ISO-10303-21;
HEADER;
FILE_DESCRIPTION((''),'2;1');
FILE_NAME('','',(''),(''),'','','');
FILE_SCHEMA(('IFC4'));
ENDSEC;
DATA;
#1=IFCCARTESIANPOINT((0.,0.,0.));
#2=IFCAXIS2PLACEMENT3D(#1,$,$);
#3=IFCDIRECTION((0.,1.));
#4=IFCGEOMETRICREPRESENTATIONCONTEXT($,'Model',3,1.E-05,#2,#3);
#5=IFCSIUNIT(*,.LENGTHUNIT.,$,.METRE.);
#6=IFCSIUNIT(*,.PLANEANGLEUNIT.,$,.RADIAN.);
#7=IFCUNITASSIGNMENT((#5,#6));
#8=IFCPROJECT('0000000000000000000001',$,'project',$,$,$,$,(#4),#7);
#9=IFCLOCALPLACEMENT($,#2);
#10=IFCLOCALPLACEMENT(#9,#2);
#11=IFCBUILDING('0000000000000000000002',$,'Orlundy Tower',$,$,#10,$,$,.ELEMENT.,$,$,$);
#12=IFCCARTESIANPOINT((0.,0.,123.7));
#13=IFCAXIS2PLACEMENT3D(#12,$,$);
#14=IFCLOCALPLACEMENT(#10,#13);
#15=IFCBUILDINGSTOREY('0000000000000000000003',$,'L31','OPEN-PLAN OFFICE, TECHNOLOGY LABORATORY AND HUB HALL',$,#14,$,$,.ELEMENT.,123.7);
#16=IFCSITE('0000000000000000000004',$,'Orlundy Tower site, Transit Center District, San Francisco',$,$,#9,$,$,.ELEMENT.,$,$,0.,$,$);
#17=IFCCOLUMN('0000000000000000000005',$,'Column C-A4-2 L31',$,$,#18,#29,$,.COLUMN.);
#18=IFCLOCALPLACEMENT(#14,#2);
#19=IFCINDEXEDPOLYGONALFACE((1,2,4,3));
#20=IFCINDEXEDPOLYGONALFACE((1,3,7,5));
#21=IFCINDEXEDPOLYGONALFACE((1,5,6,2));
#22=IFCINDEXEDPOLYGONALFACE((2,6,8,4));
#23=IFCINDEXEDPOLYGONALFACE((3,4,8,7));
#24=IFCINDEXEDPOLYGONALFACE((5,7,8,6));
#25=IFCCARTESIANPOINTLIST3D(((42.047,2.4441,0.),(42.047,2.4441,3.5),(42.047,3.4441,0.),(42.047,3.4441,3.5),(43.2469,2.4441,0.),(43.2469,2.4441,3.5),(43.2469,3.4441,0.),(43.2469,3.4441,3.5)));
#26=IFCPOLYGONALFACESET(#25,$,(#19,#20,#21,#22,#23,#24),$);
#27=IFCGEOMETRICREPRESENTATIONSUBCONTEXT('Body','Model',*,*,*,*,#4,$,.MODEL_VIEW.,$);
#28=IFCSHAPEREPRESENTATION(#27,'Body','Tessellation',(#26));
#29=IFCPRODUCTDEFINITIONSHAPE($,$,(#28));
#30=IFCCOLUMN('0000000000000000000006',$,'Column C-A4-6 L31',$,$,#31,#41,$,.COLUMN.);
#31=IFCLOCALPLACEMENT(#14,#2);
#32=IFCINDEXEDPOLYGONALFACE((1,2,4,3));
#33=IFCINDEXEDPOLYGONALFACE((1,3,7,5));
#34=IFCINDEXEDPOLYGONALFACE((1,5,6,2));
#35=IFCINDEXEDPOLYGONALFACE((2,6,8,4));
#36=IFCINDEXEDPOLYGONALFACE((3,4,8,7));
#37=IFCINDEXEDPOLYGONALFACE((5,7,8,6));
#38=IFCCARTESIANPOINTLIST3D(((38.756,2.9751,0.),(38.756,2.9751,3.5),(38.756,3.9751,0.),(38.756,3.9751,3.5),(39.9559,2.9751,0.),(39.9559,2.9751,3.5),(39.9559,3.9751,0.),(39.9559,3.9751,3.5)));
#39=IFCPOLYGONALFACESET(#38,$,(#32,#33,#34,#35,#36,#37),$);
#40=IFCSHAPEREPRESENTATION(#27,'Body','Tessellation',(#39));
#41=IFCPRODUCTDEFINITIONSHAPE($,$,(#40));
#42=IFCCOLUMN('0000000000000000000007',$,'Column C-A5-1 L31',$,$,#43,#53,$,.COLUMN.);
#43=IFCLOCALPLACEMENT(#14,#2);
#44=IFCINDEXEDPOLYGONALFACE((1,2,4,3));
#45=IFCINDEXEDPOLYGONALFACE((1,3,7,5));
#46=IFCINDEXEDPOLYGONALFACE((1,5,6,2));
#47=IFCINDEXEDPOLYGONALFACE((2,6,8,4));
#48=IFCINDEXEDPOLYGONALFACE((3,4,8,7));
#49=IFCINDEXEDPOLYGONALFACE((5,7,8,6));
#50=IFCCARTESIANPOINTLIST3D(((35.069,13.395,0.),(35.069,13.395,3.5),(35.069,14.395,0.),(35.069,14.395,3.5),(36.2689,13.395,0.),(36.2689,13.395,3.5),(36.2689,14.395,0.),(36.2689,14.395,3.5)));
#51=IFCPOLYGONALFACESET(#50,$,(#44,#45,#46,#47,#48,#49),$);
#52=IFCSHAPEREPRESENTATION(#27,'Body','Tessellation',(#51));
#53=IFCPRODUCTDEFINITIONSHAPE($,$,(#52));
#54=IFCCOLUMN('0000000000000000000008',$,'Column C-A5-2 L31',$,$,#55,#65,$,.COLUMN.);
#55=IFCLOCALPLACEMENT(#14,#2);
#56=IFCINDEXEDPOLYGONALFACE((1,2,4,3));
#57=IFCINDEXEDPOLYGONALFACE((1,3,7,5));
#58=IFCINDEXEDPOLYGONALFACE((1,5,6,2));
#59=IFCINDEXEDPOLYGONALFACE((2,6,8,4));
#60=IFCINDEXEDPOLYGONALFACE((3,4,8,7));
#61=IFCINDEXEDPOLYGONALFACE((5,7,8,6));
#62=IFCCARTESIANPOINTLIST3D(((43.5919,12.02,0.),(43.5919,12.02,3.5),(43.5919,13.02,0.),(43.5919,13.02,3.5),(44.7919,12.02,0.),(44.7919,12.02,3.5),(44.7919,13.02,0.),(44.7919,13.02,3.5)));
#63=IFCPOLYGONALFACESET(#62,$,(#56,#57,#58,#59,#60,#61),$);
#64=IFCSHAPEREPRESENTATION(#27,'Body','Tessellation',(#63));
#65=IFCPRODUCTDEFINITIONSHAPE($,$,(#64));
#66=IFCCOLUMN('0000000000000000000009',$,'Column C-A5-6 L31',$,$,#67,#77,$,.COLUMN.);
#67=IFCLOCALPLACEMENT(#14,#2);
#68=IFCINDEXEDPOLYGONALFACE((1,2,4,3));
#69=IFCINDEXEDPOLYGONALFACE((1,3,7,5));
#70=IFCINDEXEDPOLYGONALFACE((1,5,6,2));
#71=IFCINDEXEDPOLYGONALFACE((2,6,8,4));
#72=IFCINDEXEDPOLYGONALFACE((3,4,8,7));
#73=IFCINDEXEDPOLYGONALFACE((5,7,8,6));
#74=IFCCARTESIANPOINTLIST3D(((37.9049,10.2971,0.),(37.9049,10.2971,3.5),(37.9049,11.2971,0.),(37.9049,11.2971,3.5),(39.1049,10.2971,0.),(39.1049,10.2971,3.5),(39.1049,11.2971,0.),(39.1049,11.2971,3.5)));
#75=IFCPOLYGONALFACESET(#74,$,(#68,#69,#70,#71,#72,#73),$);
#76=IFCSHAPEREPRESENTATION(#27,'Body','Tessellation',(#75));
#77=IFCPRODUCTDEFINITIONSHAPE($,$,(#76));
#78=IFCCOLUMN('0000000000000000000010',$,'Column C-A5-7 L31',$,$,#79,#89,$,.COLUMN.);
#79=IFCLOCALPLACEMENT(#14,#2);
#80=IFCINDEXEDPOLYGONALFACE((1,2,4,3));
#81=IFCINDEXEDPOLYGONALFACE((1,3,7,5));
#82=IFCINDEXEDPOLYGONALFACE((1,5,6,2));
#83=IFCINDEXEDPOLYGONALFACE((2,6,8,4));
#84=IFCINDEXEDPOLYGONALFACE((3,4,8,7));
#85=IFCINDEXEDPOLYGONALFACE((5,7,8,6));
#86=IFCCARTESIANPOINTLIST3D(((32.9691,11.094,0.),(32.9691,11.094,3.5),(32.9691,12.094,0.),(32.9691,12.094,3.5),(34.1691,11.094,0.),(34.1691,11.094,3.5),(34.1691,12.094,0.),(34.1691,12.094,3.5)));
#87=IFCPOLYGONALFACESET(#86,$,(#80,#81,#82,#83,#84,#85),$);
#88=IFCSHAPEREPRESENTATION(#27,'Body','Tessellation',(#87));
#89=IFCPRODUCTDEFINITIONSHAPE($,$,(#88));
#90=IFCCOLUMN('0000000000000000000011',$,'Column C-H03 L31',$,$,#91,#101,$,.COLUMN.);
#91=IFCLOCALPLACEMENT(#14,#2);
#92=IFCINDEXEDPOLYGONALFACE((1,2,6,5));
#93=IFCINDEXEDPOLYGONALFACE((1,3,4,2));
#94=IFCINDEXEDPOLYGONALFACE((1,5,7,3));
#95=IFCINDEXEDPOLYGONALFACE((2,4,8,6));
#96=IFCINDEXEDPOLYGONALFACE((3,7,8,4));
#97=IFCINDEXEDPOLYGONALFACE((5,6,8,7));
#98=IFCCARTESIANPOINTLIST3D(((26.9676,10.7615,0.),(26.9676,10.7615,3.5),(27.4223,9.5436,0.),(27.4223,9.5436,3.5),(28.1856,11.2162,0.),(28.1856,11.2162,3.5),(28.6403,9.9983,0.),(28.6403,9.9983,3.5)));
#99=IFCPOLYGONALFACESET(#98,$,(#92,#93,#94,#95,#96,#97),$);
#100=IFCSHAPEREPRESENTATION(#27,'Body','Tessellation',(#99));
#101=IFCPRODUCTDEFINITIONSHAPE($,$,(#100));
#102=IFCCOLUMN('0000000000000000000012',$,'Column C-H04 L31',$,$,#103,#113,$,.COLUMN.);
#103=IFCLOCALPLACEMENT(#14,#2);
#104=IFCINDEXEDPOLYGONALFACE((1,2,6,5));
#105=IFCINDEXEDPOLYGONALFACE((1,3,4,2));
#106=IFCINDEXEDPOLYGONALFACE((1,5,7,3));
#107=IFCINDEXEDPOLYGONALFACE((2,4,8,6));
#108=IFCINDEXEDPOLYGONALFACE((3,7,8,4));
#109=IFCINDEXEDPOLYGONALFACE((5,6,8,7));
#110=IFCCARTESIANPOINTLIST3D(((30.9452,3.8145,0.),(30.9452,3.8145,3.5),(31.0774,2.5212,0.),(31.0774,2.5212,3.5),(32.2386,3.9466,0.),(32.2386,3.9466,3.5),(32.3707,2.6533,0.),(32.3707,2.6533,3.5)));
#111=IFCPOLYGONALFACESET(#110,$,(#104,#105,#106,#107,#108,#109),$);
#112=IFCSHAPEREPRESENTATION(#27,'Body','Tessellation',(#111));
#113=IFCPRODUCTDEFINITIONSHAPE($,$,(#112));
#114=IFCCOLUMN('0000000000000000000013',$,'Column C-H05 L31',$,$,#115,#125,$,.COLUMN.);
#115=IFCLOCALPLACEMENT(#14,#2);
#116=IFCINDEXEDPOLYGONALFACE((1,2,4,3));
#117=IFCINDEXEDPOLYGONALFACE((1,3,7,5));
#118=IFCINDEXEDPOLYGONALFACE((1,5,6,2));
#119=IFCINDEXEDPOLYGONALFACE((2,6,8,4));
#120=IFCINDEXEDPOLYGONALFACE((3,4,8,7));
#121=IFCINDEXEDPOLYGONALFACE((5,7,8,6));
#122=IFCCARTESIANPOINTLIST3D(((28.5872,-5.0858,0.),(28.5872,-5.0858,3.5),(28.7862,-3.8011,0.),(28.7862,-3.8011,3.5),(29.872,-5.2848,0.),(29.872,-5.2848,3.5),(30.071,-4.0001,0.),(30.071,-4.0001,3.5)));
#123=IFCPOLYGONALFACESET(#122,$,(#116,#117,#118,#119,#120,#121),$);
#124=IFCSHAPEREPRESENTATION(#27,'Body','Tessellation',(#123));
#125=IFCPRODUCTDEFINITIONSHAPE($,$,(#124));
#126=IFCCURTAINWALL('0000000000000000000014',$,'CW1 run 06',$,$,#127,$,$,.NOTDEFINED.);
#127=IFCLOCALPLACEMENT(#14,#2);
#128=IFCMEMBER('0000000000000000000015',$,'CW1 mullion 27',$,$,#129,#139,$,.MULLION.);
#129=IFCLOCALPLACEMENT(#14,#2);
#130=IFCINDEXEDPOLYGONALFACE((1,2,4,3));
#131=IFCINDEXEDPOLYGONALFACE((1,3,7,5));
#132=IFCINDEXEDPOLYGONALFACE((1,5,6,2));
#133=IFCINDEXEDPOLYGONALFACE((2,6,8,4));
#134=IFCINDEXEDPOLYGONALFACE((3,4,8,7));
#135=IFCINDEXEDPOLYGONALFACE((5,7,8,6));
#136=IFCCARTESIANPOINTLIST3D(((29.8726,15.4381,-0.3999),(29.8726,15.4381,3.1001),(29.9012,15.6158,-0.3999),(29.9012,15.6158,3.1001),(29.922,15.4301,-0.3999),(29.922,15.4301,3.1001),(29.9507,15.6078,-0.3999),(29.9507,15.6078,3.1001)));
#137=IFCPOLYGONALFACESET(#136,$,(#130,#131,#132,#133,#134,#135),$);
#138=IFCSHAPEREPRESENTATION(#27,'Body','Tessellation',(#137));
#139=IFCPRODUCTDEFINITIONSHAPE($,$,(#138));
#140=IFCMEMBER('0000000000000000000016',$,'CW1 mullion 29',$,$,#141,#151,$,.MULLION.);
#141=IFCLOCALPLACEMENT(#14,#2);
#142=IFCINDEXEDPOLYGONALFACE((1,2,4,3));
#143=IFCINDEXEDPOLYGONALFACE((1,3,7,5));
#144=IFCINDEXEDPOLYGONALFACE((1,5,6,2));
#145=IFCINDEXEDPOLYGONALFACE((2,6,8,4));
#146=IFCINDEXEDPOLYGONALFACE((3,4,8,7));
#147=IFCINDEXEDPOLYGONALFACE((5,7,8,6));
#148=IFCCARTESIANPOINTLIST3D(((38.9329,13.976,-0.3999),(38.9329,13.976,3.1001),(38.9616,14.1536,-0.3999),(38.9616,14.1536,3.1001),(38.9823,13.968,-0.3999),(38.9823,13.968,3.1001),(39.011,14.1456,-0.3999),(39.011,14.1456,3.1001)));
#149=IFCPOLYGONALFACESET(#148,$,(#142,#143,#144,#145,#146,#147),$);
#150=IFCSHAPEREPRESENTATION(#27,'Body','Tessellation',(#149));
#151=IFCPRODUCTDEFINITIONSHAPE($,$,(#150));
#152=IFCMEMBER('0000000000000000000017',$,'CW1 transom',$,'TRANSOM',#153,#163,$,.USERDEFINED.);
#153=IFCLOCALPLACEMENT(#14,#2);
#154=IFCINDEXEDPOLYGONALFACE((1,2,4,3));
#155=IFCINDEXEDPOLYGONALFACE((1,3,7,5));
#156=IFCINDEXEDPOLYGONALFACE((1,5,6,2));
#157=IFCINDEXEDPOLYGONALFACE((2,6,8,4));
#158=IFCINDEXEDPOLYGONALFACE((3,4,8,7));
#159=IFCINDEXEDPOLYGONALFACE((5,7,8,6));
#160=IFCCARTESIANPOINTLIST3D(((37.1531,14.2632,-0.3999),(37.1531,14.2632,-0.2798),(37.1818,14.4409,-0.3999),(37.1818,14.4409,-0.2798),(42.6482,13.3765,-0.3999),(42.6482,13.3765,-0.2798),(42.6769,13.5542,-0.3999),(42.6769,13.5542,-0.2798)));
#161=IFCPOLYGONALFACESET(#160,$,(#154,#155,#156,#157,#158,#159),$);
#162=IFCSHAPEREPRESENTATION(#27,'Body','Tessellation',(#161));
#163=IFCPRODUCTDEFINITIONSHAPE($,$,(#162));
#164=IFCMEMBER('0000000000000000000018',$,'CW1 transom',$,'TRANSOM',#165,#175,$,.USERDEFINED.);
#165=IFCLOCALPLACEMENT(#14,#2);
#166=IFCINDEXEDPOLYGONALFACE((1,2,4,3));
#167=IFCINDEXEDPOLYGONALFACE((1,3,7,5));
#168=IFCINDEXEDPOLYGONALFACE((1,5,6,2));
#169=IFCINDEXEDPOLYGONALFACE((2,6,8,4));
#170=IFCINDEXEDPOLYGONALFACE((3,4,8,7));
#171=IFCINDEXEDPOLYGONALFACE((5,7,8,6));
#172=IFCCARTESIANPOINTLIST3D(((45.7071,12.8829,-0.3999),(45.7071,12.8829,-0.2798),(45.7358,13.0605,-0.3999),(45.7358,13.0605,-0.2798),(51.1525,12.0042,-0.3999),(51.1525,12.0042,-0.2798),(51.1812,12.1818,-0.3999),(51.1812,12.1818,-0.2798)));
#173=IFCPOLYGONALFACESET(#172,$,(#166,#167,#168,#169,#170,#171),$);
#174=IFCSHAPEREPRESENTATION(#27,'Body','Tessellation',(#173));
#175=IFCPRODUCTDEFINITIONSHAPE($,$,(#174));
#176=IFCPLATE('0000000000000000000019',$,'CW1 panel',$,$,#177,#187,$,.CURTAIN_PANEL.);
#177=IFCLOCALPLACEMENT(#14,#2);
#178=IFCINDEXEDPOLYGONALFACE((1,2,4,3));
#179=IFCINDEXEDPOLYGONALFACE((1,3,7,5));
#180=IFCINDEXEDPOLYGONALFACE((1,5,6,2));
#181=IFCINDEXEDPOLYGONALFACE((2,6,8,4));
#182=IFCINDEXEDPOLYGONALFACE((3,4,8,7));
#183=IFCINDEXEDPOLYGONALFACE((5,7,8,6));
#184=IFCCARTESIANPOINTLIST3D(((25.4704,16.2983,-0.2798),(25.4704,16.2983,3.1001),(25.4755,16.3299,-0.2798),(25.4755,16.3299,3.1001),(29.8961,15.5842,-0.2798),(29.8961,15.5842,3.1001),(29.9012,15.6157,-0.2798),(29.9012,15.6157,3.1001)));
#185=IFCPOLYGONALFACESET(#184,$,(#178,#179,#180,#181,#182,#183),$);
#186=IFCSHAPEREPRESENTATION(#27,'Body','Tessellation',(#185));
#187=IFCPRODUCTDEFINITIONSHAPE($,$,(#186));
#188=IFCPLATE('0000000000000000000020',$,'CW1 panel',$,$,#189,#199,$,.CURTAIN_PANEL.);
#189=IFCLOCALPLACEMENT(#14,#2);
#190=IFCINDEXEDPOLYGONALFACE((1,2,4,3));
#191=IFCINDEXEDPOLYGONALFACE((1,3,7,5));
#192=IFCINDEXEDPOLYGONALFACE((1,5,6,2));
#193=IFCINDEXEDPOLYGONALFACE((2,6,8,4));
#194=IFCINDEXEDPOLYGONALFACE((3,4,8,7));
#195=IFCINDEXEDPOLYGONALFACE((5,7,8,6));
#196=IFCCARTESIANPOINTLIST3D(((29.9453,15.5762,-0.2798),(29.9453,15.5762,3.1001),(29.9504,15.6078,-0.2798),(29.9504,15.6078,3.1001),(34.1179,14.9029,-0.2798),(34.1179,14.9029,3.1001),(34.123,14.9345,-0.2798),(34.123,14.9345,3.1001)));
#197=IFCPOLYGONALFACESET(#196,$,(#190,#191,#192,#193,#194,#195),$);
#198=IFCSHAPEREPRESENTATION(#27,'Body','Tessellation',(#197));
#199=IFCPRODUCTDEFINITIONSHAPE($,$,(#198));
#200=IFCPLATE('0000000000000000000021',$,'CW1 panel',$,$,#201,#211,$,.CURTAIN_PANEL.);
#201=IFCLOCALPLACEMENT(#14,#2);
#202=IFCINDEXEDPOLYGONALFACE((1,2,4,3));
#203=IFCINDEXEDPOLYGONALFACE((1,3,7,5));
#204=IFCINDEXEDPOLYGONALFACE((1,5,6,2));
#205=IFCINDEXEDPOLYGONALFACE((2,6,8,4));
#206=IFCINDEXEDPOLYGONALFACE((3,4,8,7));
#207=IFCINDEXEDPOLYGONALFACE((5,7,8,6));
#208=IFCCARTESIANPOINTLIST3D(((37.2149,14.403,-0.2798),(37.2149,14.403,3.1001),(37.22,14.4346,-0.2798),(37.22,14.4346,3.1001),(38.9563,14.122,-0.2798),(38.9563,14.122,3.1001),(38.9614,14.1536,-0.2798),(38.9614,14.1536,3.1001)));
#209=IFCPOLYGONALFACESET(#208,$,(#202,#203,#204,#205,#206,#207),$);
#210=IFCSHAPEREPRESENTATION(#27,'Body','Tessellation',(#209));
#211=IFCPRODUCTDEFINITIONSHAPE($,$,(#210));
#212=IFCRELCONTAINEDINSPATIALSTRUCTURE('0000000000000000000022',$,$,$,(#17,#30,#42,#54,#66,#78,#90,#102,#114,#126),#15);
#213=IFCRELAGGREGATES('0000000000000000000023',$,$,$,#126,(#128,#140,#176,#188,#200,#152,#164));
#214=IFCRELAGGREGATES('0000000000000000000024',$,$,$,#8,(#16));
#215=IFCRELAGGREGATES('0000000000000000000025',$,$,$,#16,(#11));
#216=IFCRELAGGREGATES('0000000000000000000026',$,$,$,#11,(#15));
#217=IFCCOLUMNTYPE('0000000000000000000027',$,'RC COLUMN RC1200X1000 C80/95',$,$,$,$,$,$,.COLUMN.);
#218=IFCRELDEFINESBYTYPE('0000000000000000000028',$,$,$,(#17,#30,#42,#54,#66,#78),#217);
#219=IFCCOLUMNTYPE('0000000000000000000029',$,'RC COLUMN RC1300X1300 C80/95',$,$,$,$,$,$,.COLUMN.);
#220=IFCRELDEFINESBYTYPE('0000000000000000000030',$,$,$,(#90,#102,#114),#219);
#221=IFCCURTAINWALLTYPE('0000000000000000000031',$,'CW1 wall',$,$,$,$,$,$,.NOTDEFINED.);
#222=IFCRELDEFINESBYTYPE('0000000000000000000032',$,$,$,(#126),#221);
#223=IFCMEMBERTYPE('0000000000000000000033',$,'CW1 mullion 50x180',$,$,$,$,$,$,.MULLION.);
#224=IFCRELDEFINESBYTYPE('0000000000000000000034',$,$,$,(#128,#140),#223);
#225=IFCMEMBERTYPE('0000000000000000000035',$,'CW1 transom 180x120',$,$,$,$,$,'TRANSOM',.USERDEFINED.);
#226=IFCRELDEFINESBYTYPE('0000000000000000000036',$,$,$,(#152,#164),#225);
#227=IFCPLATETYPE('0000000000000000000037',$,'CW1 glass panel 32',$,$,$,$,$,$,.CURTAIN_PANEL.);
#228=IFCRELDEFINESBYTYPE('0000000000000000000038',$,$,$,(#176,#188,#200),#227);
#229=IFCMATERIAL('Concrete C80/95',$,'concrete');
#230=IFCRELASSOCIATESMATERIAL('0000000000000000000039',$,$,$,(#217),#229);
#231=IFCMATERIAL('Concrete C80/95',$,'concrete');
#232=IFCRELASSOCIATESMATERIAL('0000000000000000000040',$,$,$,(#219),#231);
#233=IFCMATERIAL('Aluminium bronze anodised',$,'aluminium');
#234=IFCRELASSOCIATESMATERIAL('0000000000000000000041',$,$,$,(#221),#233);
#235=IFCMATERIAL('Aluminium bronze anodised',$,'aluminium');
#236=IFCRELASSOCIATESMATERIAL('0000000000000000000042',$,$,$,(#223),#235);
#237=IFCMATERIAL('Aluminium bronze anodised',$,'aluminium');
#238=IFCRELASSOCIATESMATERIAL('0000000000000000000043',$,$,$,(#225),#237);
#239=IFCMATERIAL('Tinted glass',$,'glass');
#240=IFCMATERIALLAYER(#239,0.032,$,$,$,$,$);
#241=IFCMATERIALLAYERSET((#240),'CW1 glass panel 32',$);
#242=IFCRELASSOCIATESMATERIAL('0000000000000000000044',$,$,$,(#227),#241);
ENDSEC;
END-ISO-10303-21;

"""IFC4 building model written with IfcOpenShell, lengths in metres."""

from ifc_helpers import new_model, si_unit, direction, frame, origin, origin_2d, place, context, subcontext, project, spatial, rectangle, extrude, material, layer, layer_set, material_profile, profile_set, type_object, element, aggregate, save


model = new_model("IFC4")

# Units and contexts
model_context = context("Model", 3, precision=1e-05, world=origin(), true_north=direction((0.0, 1.0)))
body_context = subcontext(model_context, "Body", "Model", "MODEL_VIEW")
ifc_project = project(units=[si_unit("LENGTHUNIT", "METRE"), si_unit("PLANEANGLEUNIT", "RADIAN")], contexts=[model_context])

# Site, building, storey
site_placement = place(None, origin())
site = spatial("IfcSite", under=ifc_project, at=site_placement, Name="Orlundy Tower site, Transit Center District, San Francisco", CompositionType="ELEMENT", RefElevation=0.0)
building_placement = place(site_placement, origin())
building = spatial("IfcBuilding", under=site, at=building_placement, Name="Orlundy Tower", CompositionType="ELEMENT")
storey_placement = place(building_placement, frame((0.0, 0.0, 123.7)))
storey = spatial("IfcBuildingStorey", under=building, at=storey_placement, Name="L31", Description="OPEN-PLAN OFFICE, TECHNOLOGY LABORATORY AND HUB HALL", CompositionType="ELEMENT", Elevation=123.7)

# Columns
ifc_material_1 = material(Name="Concrete C80/95", Category="concrete")
ifc_material_profile_1 = material_profile(ifc_material_1, rectangle(XDim=1.2, YDim=1.0, at=origin_2d()), Name="RC1200X1000")
ifc_profile_set_1 = profile_set([ifc_material_profile_1], Name="Concrete C80/95")
column_type_1 = type_object("IfcColumnType", Name="RC COLUMN RC1200X1000 C80/95", PredefinedType="COLUMN", material=ifc_profile_set_1)
for number, where, z_axis, x_axis, name in (
    (1, (42.647, 2.9441, 0.0), (0.0, 0.0, 1.0), (1.0, 0.0, 0.0), "Column C-A4-2 L31"),
    (2, (39.356, 3.4751, 0.0), (0.0, 0.0, 1.0), (1.0, 0.0, 0.0), "Column C-A4-6 L31"),
    (3, (35.6689, 13.895, 0.0), (0.0, 0.0, 1.0), (1.0, 0.0, 0.0), "Column C-A5-1 L31"),
    (4, (44.1919, 12.52, 0.0), (0.0, 0.0, 1.0), (1.0, 0.0, 0.0), "Column C-A5-2 L31"),
    (5, (38.5049, 10.7971, 0.0), (0.0, 0.0, 1.0), (1.0, 0.0, 0.0), "Column C-A5-6 L31"),
    (6, (33.5691, 11.594, 0.0), (0.0, 0.0, 1.0), (1.0, 0.0, 0.0), "Column C-A5-7 L31"),
):
    element("IfcColumn", number, at=place(storey_placement, frame(where, z_axis=z_axis, x_axis=x_axis)), inside=storey, type_object=column_type_1, Name=name, PredefinedType="COLUMN", context=body_context, shape_type="SweptSolid", body=[
        extrude(rectangle(XDim=1.2, YDim=1.0, at=origin_2d()), origin(), (0.0, 0.0, 1.0), 3.5),
    ])
ifc_material_2 = material(Name="Concrete C80/95", Category="concrete")
ifc_material_profile_2 = material_profile(ifc_material_2, rectangle(XDim=1.3, YDim=1.3, at=origin_2d()), Name="RC1300X1300")
ifc_profile_set_2 = profile_set([ifc_material_profile_2], Name="Concrete C80/95")
column_type_2 = type_object("IfcColumnType", Name="RC COLUMN RC1300X1300 C80/95", PredefinedType="COLUMN", material=ifc_profile_set_2)
for number, where, z_axis, x_axis, name in (
    (7, (27.804, 10.3799, 0.0), (0.0, 0.0, 1.0), (0.936843, 0.34975, 0.0), "Column C-H03 L31"),
    (8, (31.658, 3.2339, 0.0), (0.0, 0.0, 1.0), (0.994822, 0.101629, 0.0), "Column C-H04 L31"),
    (9, (29.3291, -4.543, 0.0), (0.0, 0.0, 1.0), (0.988215, -0.153072, 0.0), "Column C-H05 L31"),
):
    element("IfcColumn", number, at=place(storey_placement, frame(where, z_axis=z_axis, x_axis=x_axis)), inside=storey, type_object=column_type_2, Name=name, PredefinedType="COLUMN", context=body_context, shape_type="SweptSolid", body=[
        extrude(rectangle(XDim=1.3, YDim=1.3, at=origin_2d()), origin(), (0.0, 0.0, 1.0), 3.5),
    ])

# Curtain wall, members, plates
ifc_material_3 = material(Name="Aluminium bronze anodised", Category="aluminium")
curtain_wall_type = type_object("IfcCurtainWallType", Name="CW1 wall", PredefinedType="NOTDEFINED", material=ifc_material_3)
curtain_wall_placement = place(storey_placement, origin())
curtain_wall = element("IfcCurtainWall", 10, at=curtain_wall_placement, inside=storey, type_object=curtain_wall_type, Name="CW1 run 06", PredefinedType="NOTDEFINED")
ifc_material_4 = material(Name="Aluminium bronze anodised", Category="aluminium")
ifc_material_profile_3 = material_profile(ifc_material_4, rectangle(XDim=0.1799, YDim=0.05, at=origin_2d()), Name="CW1 mullion 50x180")
ifc_profile_set_3 = profile_set([ifc_material_profile_3], Name="Aluminium bronze anodised")
member_type_1 = type_object("IfcMemberType", Name="CW1 mullion 50x180", PredefinedType="MULLION", material=ifc_profile_set_3)
member_1_placement = place(storey_placement, frame((29.9116, 15.5229, -0.3999), z_axis=(0.0, 0.0, 1.0), x_axis=(0.159302, 0.98723, 0.0)))
member_1 = element("IfcMember", 11, at=member_1_placement, type_object=member_type_1, Name="CW1 mullion 27", PredefinedType="MULLION", context=body_context, shape_type="SweptSolid", body=[
    extrude(rectangle(XDim=0.1799, YDim=0.05, at=origin_2d()), origin(), (0.0, 0.0, 1.0), 3.5),
])
member_2_placement = place(storey_placement, frame((38.9719, 14.0608, -0.3999), z_axis=(0.0, 0.0, 1.0), x_axis=(0.159302, 0.98723, 0.0)))
member_2 = element("IfcMember", 12, at=member_2_placement, type_object=member_type_1, Name="CW1 mullion 29", PredefinedType="MULLION", context=body_context, shape_type="SweptSolid", body=[
    extrude(rectangle(XDim=0.1799, YDim=0.05, at=origin_2d()), origin(), (0.0, 0.0, 1.0), 3.5),
])
ifc_material_5 = material(Name="Aluminium bronze anodised", Category="aluminium")
ifc_material_profile_4 = material_profile(ifc_material_5, rectangle(XDim=0.1799, YDim=0.1201, at=origin_2d()), Name="CW1 transom 180x120")
ifc_profile_set_4 = profile_set([ifc_material_profile_4], Name="Aluminium bronze anodised")
member_type_2 = type_object("IfcMemberType", Name="CW1 transom 180x120", ElementType="TRANSOM", PredefinedType="USERDEFINED", material=ifc_profile_set_4)
member_3_placement = place(storey_placement, frame((37.1675, 14.3521, -0.3398), z_axis=(0.98723, -0.159304, 0.0), x_axis=(0.159304, 0.98723, 0.0)))
member_3 = element("IfcMember", 13, at=member_3_placement, type_object=member_type_2, Name="CW1 transom", ObjectType="TRANSOM", PredefinedType="USERDEFINED", context=body_context, shape_type="SweptSolid", body=[
    extrude(rectangle(XDim=0.1799, YDim=0.1201, at=origin_2d()), origin(), (0.0, 0.0, 1.0), 5.5662),
])
member_4_placement = place(storey_placement, frame((45.7214, 12.9717, -0.3398), z_axis=(0.98723, -0.159301, 0.0), x_axis=(0.159301, 0.98723, 0.0)))
member_4 = element("IfcMember", 14, at=member_4_placement, type_object=member_type_2, Name="CW1 transom", ObjectType="TRANSOM", PredefinedType="USERDEFINED", context=body_context, shape_type="SweptSolid", body=[
    extrude(rectangle(XDim=0.1799, YDim=0.1201, at=origin_2d()), origin(), (0.0, 0.0, 1.0), 5.5159),
])
ifc_material_6 = material(Name="Tinted glass", Category="glass")
ifc_layer_1 = layer(ifc_material_6, 0.032)
ifc_layer_set_1 = layer_set([ifc_layer_1], Name="CW1 glass panel 32")
plate_type = type_object("IfcPlateType", Name="CW1 glass panel 32", PredefinedType="CURTAIN_PANEL", material=ifc_layer_set_1)
plate_1_placement = place(storey_placement, frame((27.6858, 15.957, -0.2798), z_axis=(0.0, 0.0, 1.0), x_axis=(0.98723, -0.159302, 0.0)))
plate_1 = element("IfcPlate", 15, at=plate_1_placement, type_object=plate_type, Name="CW1 panel", PredefinedType="CURTAIN_PANEL", context=body_context, shape_type="SweptSolid", body=[
    extrude(rectangle(XDim=4.4829, YDim=0.032, at=origin_2d()), origin(), (0.0, 0.0, 1.0), 3.3799),
])
plate_2_placement = place(storey_placement, frame((32.0342, 15.2554, -0.2798), z_axis=(0.0, 0.0, 1.0), x_axis=(0.98723, -0.159302, 0.0)))
plate_2 = element("IfcPlate", 16, at=plate_2_placement, type_object=plate_type, Name="CW1 panel", PredefinedType="CURTAIN_PANEL", context=body_context, shape_type="SweptSolid", body=[
    extrude(rectangle(XDim=4.2266, YDim=0.032, at=origin_2d()), origin(), (0.0, 0.0, 1.0), 3.3799),
])
plate_3_placement = place(storey_placement, frame((38.0881, 14.2783, -0.2798), z_axis=(0.0, 0.0, 1.0), x_axis=(0.98723, -0.159302, 0.0)))
plate_3 = element("IfcPlate", 17, at=plate_3_placement, type_object=plate_type, Name="CW1 panel", PredefinedType="CURTAIN_PANEL", context=body_context, shape_type="SweptSolid", body=[
    extrude(rectangle(XDim=1.7639, YDim=0.032, at=origin_2d()), origin(), (0.0, 0.0, 1.0), 3.3799),
])
aggregate(curtain_wall, [member_1, member_2, plate_1, plate_2, plate_3, member_3, member_4])

save(model, "model.ifc")
